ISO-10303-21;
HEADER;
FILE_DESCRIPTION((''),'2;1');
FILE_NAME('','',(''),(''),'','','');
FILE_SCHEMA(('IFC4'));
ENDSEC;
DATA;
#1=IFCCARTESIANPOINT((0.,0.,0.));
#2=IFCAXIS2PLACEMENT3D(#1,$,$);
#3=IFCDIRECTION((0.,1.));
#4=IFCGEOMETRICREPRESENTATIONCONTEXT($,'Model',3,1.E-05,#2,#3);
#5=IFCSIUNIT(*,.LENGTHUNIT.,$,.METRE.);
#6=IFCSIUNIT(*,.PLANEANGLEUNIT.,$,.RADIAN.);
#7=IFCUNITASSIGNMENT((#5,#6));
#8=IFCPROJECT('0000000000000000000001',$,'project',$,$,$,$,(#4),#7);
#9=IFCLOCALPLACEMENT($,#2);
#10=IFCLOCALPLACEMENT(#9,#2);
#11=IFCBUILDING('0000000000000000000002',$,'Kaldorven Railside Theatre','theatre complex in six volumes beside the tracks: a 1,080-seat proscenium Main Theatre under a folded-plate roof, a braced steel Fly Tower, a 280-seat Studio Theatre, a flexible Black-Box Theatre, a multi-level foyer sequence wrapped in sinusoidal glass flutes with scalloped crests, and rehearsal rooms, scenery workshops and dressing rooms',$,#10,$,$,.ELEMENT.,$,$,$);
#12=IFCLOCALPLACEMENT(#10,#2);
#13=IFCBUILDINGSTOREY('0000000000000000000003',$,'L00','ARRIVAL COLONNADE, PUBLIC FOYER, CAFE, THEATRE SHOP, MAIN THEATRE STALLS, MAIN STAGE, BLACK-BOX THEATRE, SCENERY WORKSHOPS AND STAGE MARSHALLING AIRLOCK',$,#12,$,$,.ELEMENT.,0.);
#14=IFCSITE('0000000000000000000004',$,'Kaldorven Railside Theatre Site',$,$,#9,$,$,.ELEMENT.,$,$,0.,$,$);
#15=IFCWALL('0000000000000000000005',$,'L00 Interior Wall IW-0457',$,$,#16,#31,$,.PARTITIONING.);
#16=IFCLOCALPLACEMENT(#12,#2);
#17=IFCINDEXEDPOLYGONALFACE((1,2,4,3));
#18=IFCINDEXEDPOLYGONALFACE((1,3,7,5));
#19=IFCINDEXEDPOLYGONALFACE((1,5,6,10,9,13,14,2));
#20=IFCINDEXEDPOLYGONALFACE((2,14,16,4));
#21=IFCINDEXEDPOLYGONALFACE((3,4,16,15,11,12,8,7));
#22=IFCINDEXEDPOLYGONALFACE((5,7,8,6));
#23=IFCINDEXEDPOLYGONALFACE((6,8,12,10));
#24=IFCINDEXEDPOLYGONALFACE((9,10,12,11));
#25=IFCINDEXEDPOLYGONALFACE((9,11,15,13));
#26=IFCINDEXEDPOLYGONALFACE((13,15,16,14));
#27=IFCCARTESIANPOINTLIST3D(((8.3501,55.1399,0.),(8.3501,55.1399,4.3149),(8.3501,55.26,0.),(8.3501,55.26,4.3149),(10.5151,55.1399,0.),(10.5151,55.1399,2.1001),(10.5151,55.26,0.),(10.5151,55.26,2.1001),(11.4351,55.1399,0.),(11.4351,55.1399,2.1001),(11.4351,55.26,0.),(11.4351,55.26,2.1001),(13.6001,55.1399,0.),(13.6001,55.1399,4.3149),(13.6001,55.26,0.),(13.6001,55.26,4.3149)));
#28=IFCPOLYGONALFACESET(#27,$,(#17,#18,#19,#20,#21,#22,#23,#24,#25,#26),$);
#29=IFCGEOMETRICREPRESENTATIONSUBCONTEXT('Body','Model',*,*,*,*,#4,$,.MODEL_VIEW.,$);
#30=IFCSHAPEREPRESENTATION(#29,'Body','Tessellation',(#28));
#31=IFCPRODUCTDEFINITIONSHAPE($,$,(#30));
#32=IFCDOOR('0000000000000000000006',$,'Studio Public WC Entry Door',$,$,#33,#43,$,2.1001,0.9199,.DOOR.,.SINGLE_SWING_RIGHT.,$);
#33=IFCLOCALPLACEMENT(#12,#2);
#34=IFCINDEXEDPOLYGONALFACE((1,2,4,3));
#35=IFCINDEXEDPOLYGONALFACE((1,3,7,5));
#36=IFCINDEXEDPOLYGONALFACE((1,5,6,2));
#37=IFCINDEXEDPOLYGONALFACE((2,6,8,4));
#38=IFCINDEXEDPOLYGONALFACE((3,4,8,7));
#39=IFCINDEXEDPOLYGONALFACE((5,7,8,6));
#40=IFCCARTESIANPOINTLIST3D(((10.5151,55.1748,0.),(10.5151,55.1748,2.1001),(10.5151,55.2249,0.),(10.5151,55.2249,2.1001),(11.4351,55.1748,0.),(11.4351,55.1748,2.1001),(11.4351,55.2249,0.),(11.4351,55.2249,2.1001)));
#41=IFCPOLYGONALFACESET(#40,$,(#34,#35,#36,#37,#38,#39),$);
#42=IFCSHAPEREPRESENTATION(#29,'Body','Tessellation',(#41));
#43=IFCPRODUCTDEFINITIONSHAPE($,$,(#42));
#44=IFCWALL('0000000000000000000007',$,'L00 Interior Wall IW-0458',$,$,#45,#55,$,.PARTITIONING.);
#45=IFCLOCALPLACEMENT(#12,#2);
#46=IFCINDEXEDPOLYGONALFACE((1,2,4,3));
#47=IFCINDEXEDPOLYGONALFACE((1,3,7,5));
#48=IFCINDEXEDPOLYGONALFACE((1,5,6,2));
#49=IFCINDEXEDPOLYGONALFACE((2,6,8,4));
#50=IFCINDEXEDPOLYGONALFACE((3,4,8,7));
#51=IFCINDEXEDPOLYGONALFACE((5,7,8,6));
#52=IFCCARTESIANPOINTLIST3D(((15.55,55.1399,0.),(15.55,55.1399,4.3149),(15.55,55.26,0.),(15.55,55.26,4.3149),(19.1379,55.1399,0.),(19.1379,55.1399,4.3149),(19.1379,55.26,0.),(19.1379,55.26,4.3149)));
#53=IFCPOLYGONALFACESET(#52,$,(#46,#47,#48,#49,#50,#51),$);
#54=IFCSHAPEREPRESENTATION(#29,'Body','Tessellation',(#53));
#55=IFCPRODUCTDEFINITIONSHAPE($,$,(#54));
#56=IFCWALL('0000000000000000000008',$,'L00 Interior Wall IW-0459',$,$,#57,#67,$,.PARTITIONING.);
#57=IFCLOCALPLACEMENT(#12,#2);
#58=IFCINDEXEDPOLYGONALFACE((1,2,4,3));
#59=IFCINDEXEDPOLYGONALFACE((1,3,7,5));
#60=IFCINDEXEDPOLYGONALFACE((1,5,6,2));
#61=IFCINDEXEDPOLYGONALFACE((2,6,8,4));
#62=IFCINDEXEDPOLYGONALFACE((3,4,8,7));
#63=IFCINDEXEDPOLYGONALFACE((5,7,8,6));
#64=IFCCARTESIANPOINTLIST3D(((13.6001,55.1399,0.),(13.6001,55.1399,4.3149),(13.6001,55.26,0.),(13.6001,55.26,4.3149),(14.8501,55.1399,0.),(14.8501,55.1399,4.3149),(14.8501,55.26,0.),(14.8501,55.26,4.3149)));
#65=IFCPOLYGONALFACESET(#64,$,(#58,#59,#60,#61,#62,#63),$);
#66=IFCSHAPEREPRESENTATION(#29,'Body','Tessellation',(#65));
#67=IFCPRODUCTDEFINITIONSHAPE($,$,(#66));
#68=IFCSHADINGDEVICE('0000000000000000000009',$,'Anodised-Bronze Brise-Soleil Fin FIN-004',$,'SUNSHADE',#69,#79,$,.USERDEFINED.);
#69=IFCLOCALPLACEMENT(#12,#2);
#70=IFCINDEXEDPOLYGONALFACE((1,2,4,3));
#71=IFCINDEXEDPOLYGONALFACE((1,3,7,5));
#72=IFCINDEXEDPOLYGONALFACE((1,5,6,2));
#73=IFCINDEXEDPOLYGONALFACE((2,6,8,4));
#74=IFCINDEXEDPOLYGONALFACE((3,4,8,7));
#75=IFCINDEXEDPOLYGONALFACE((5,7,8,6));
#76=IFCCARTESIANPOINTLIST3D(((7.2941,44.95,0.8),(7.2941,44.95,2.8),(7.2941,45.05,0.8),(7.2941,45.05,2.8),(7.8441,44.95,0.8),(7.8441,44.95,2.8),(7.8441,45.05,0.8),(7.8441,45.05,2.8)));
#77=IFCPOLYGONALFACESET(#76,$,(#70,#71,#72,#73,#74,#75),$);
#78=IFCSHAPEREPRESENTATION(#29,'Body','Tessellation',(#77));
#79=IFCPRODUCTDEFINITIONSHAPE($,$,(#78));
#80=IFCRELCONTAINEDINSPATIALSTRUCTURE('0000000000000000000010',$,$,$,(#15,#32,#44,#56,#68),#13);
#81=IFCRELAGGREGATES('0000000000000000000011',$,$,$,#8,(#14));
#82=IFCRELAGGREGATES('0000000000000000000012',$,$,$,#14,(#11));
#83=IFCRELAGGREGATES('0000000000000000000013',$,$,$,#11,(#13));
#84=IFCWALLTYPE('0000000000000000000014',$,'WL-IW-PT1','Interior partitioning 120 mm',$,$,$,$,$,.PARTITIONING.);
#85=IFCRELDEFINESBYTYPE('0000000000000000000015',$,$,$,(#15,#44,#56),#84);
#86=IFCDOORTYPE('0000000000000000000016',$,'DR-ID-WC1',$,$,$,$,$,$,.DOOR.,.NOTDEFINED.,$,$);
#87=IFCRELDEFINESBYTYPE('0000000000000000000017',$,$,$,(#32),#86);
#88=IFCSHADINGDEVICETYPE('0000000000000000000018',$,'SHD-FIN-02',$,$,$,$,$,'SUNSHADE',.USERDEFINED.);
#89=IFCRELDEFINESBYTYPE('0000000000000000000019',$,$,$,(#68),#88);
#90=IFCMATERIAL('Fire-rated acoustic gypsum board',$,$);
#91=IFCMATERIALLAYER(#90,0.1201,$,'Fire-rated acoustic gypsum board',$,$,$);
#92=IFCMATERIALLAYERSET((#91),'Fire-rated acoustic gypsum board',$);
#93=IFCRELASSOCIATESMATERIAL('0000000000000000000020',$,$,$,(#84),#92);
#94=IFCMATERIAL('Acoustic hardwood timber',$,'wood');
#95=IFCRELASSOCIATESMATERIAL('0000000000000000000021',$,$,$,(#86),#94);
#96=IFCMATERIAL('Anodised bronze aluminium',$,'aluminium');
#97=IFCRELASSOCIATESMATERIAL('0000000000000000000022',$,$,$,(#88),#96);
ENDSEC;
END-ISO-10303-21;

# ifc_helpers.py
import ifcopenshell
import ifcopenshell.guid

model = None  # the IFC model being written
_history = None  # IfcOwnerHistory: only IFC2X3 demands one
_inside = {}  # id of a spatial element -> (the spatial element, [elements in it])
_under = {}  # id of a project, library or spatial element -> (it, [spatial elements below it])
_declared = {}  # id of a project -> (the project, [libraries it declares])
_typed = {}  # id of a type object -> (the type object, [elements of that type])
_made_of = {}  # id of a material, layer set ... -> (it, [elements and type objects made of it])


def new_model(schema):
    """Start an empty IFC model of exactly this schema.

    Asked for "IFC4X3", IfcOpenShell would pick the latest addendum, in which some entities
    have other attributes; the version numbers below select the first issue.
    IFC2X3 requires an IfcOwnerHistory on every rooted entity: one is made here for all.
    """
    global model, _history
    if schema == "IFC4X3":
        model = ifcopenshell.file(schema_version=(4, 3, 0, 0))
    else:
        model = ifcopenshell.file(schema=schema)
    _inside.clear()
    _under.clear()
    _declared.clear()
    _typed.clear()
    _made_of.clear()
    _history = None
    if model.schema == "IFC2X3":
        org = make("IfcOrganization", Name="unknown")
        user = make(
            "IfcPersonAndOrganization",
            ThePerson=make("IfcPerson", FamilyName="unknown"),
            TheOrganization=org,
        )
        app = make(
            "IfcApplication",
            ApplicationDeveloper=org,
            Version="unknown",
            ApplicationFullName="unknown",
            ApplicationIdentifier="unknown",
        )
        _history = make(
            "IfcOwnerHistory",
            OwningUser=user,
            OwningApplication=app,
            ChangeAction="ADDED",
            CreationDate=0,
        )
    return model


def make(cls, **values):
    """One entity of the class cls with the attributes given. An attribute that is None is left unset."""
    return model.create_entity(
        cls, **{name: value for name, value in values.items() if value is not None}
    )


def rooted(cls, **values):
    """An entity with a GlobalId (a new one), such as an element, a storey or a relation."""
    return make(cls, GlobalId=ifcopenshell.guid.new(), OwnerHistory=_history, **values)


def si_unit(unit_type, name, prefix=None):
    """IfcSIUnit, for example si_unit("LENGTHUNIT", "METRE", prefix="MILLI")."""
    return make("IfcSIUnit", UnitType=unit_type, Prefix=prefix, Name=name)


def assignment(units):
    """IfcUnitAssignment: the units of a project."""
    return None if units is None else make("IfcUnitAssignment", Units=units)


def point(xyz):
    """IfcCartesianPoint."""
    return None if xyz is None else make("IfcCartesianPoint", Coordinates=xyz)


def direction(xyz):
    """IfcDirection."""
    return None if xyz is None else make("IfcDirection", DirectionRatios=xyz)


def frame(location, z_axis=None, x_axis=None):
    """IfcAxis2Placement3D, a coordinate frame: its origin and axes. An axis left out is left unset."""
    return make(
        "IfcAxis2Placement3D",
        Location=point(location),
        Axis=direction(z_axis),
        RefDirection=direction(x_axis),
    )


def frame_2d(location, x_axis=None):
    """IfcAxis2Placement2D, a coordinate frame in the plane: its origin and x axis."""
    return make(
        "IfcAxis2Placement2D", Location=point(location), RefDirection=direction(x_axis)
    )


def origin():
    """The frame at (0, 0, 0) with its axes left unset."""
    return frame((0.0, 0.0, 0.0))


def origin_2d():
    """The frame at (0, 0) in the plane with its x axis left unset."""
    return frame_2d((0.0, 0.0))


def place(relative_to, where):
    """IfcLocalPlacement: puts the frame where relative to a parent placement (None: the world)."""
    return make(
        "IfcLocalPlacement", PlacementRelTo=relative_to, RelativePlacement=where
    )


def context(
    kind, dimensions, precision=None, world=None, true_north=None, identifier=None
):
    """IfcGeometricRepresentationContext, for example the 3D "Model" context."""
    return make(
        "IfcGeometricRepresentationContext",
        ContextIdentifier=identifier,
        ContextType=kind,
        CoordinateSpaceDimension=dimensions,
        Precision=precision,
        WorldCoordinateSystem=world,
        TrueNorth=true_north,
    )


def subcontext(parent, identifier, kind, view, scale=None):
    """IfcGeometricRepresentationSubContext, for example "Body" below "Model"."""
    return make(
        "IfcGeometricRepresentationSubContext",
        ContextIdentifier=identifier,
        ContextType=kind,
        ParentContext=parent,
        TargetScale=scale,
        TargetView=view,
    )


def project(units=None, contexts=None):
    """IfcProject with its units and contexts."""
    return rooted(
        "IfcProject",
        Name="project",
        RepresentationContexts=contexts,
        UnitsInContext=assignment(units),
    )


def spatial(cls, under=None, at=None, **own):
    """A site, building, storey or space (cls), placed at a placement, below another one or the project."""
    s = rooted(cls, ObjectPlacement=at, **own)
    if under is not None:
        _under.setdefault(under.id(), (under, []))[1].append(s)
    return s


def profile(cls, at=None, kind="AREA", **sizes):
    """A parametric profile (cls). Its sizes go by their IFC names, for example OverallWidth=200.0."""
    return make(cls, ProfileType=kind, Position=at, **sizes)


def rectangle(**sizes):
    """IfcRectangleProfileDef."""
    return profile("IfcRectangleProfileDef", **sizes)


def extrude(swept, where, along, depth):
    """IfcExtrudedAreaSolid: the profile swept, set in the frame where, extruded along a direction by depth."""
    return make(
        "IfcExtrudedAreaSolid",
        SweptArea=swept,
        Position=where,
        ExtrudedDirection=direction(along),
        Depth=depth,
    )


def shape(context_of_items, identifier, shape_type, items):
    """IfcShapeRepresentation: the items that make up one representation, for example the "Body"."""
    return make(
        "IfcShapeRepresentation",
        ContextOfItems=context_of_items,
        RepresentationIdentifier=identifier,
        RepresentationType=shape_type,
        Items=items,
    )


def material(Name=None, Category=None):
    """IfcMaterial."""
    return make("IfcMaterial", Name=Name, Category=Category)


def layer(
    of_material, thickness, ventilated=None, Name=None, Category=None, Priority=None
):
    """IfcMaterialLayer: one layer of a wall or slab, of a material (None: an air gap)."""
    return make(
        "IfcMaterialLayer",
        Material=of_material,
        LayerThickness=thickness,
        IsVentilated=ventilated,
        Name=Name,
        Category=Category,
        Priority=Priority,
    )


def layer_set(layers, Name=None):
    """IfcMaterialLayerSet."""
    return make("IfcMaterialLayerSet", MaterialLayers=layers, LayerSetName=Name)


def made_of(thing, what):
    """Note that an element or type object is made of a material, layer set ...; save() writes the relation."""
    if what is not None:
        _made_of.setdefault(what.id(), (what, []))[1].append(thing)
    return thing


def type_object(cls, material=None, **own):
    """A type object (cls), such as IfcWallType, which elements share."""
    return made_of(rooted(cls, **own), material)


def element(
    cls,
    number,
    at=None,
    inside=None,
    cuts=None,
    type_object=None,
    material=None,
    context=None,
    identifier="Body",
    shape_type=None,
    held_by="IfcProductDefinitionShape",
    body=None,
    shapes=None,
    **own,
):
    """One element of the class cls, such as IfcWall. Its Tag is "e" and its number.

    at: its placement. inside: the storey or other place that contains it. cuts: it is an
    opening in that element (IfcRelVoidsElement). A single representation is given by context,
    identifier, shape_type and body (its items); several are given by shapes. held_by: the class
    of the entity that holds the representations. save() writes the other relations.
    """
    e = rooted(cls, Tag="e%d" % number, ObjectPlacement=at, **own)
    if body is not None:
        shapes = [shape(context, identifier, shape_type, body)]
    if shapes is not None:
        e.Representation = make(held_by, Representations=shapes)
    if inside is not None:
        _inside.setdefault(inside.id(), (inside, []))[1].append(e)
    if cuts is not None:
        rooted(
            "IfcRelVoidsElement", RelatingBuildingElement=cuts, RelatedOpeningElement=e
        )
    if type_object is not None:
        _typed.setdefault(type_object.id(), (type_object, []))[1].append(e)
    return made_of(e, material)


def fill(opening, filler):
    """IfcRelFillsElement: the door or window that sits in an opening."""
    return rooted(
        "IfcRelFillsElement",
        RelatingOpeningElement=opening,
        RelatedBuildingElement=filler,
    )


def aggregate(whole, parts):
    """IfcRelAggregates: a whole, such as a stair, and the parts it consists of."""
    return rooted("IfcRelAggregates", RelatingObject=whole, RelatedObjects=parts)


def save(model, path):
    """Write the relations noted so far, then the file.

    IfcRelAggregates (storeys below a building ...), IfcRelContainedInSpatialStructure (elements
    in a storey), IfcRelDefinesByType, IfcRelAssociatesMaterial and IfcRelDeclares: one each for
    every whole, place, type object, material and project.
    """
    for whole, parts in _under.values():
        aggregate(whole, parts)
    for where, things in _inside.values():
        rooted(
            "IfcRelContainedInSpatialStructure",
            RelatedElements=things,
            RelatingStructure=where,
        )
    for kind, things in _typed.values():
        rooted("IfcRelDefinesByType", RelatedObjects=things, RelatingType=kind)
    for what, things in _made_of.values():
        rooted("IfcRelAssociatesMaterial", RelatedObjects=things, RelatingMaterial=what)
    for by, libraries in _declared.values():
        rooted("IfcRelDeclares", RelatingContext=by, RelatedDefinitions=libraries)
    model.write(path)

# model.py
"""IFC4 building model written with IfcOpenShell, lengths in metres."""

from ifc_helpers import new_model, si_unit, direction, frame, frame_2d, origin, origin_2d, place, context, subcontext, project, spatial, rectangle, extrude, material, layer, layer_set, type_object, element, fill, save


model = new_model("IFC4")

# Units and contexts
model_context = context("Model", 3, precision=1e-05, world=origin(), true_north=direction((0.0, 1.0)))
body_context = subcontext(model_context, "Body", "Model", "MODEL_VIEW")
ifc_project = project(units=[si_unit("LENGTHUNIT", "METRE"), si_unit("PLANEANGLEUNIT", "RADIAN")], contexts=[model_context])

# Site, building, storey
site_placement = place(None, origin())
site = spatial("IfcSite", under=ifc_project, at=site_placement, Name="Kaldorven Railside Theatre Site", CompositionType="ELEMENT", RefElevation=0.0)
building_placement = place(site_placement, origin())
building = spatial("IfcBuilding", under=site, at=building_placement, Name="Kaldorven Railside Theatre", Description="theatre complex in six volumes beside the tracks: a 1,080-seat proscenium Main Theatre under a folded-plate roof, a braced steel Fly Tower, a 280-seat Studio Theatre, a flexible Black-Box Theatre, a multi-level foyer sequence wrapped in sinusoidal glass flutes with scalloped crests, and rehearsal rooms, scenery workshops and dressing rooms", CompositionType="ELEMENT")
storey_placement = place(building_placement, origin())
storey = spatial("IfcBuildingStorey", under=building, at=storey_placement, Name="L00", Description="ARRIVAL COLONNADE, PUBLIC FOYER, CAFE, THEATRE SHOP, MAIN THEATRE STALLS, MAIN STAGE, BLACK-BOX THEATRE, SCENERY WORKSHOPS AND STAGE MARSHALLING AIRLOCK", CompositionType="ELEMENT", Elevation=0.0)

# Wall, opening, door
ifc_material_1 = material(Name="Fire-rated acoustic gypsum board")
ifc_layer_1 = layer(ifc_material_1, 0.1201, Name="Fire-rated acoustic gypsum board")
ifc_layer_set_1 = layer_set([ifc_layer_1], Name="Fire-rated acoustic gypsum board")
wall_type_1 = type_object("IfcWallType", Name="WL-IW-PT1", Description="Interior partitioning 120 mm", PredefinedType="PARTITIONING", material=ifc_layer_set_1)
wall_1_placement = place(storey_placement, frame((8.3501, 55.2, 0.0), z_axis=(0.0, 0.0, 1.0), x_axis=(1.0, 0.0, 0.0)))
wall_1 = element("IfcWall", 1, at=wall_1_placement, inside=storey, type_object=wall_type_1, Name="L00 Interior Wall IW-0457", PredefinedType="PARTITIONING", context=body_context, shape_type="SweptSolid", body=[
    extrude(rectangle(XDim=5.25, YDim=0.1201, at=frame_2d((2.625, 0.0))), origin(), (0.0, 0.0, 1.0), 4.3149),
])
opening_1_placement = place(wall_1_placement, frame((2.165, 0.0, 0.0)))
opening_1 = element("IfcOpeningElement", 2, at=opening_1_placement, cuts=wall_1, PredefinedType="OPENING", context=body_context, shape_type="SweptSolid", body=[
    extrude(rectangle(XDim=0.9199, YDim=2.1001, at=frame_2d((0.46, 1.05))), frame((0.0, 0.0701, 0.0), z_axis=(0.0, -1.0, 0.0), x_axis=(1.0, 0.0, 0.0)), (0.0, 0.0, 1.0), 0.1401),
])
ifc_material_2 = material(Name="Acoustic hardwood timber", Category="wood")
door_type_1 = type_object("IfcDoorType", Name="DR-ID-WC1", OperationType="NOTDEFINED", PredefinedType="DOOR", material=ifc_material_2)
door_1_placement = place(opening_1_placement, origin())
door_1 = element("IfcDoor", 3, at=door_1_placement, inside=storey, type_object=door_type_1, Name="Studio Public WC Entry Door", OperationType="SINGLE_SWING_RIGHT", OverallHeight=2.1001, OverallWidth=0.9199, PredefinedType="DOOR", context=body_context, shape_type="SweptSolid", body=[
    extrude(rectangle(XDim=0.9199, YDim=2.1001, at=frame_2d((0.46, 1.05))), frame((0.0, 0.0249, 0.0), z_axis=(0.0, -1.0, 0.0), x_axis=(1.0, 0.0, 0.0)), (0.0, 0.0, 1.0), 0.05),
])
fill(opening_1, door_1)

# Walls
wall_2_placement = place(storey_placement, frame((15.55, 55.2, 0.0), z_axis=(0.0, 0.0, 1.0), x_axis=(1.0, 0.0, 0.0)))
element("IfcWall", 4, at=wall_2_placement, inside=storey, type_object=wall_type_1, Name="L00 Interior Wall IW-0458", PredefinedType="PARTITIONING", context=body_context, shape_type="SweptSolid", body=[
    extrude(rectangle(XDim=3.5879, YDim=0.1201, at=frame_2d((1.7939, 0.0))), origin(), (0.0, 0.0, 1.0), 4.3149),
])
wall_3_placement = place(storey_placement, frame((13.6001, 55.2, 0.0), z_axis=(0.0, 0.0, 1.0), x_axis=(1.0, 0.0, 0.0)))
element("IfcWall", 5, at=wall_3_placement, inside=storey, type_object=wall_type_1, Name="L00 Interior Wall IW-0459", PredefinedType="PARTITIONING", context=body_context, shape_type="SweptSolid", body=[
    extrude(rectangle(XDim=1.25, YDim=0.1201, at=frame_2d((0.625, 0.0))), origin(), (0.0, 0.0, 1.0), 4.3149),
])

# Shading device
ifc_material_3 = material(Name="Anodised bronze aluminium", Category="aluminium")
shading_device_type = type_object("IfcShadingDeviceType", Name="SHD-FIN-02", ElementType="SUNSHADE", PredefinedType="USERDEFINED", material=ifc_material_3)
shading_device_placement = place(storey_placement, frame((7.5691, 45.0, 0.8), z_axis=(0.0, 0.0, 1.0), x_axis=(0.0, 1.0, 0.0)))
element("IfcShadingDevice", 6, at=shading_device_placement, inside=storey, type_object=shading_device_type, Name="Anodised-Bronze Brise-Soleil Fin FIN-004", ObjectType="SUNSHADE", PredefinedType="USERDEFINED", context=body_context, shape_type="SweptSolid", body=[
    extrude(rectangle(XDim=0.1001, YDim=0.55, at=origin_2d()), origin(), (0.0, 0.0, 1.0), 2.0),
])

save(model, "model.ifc")
